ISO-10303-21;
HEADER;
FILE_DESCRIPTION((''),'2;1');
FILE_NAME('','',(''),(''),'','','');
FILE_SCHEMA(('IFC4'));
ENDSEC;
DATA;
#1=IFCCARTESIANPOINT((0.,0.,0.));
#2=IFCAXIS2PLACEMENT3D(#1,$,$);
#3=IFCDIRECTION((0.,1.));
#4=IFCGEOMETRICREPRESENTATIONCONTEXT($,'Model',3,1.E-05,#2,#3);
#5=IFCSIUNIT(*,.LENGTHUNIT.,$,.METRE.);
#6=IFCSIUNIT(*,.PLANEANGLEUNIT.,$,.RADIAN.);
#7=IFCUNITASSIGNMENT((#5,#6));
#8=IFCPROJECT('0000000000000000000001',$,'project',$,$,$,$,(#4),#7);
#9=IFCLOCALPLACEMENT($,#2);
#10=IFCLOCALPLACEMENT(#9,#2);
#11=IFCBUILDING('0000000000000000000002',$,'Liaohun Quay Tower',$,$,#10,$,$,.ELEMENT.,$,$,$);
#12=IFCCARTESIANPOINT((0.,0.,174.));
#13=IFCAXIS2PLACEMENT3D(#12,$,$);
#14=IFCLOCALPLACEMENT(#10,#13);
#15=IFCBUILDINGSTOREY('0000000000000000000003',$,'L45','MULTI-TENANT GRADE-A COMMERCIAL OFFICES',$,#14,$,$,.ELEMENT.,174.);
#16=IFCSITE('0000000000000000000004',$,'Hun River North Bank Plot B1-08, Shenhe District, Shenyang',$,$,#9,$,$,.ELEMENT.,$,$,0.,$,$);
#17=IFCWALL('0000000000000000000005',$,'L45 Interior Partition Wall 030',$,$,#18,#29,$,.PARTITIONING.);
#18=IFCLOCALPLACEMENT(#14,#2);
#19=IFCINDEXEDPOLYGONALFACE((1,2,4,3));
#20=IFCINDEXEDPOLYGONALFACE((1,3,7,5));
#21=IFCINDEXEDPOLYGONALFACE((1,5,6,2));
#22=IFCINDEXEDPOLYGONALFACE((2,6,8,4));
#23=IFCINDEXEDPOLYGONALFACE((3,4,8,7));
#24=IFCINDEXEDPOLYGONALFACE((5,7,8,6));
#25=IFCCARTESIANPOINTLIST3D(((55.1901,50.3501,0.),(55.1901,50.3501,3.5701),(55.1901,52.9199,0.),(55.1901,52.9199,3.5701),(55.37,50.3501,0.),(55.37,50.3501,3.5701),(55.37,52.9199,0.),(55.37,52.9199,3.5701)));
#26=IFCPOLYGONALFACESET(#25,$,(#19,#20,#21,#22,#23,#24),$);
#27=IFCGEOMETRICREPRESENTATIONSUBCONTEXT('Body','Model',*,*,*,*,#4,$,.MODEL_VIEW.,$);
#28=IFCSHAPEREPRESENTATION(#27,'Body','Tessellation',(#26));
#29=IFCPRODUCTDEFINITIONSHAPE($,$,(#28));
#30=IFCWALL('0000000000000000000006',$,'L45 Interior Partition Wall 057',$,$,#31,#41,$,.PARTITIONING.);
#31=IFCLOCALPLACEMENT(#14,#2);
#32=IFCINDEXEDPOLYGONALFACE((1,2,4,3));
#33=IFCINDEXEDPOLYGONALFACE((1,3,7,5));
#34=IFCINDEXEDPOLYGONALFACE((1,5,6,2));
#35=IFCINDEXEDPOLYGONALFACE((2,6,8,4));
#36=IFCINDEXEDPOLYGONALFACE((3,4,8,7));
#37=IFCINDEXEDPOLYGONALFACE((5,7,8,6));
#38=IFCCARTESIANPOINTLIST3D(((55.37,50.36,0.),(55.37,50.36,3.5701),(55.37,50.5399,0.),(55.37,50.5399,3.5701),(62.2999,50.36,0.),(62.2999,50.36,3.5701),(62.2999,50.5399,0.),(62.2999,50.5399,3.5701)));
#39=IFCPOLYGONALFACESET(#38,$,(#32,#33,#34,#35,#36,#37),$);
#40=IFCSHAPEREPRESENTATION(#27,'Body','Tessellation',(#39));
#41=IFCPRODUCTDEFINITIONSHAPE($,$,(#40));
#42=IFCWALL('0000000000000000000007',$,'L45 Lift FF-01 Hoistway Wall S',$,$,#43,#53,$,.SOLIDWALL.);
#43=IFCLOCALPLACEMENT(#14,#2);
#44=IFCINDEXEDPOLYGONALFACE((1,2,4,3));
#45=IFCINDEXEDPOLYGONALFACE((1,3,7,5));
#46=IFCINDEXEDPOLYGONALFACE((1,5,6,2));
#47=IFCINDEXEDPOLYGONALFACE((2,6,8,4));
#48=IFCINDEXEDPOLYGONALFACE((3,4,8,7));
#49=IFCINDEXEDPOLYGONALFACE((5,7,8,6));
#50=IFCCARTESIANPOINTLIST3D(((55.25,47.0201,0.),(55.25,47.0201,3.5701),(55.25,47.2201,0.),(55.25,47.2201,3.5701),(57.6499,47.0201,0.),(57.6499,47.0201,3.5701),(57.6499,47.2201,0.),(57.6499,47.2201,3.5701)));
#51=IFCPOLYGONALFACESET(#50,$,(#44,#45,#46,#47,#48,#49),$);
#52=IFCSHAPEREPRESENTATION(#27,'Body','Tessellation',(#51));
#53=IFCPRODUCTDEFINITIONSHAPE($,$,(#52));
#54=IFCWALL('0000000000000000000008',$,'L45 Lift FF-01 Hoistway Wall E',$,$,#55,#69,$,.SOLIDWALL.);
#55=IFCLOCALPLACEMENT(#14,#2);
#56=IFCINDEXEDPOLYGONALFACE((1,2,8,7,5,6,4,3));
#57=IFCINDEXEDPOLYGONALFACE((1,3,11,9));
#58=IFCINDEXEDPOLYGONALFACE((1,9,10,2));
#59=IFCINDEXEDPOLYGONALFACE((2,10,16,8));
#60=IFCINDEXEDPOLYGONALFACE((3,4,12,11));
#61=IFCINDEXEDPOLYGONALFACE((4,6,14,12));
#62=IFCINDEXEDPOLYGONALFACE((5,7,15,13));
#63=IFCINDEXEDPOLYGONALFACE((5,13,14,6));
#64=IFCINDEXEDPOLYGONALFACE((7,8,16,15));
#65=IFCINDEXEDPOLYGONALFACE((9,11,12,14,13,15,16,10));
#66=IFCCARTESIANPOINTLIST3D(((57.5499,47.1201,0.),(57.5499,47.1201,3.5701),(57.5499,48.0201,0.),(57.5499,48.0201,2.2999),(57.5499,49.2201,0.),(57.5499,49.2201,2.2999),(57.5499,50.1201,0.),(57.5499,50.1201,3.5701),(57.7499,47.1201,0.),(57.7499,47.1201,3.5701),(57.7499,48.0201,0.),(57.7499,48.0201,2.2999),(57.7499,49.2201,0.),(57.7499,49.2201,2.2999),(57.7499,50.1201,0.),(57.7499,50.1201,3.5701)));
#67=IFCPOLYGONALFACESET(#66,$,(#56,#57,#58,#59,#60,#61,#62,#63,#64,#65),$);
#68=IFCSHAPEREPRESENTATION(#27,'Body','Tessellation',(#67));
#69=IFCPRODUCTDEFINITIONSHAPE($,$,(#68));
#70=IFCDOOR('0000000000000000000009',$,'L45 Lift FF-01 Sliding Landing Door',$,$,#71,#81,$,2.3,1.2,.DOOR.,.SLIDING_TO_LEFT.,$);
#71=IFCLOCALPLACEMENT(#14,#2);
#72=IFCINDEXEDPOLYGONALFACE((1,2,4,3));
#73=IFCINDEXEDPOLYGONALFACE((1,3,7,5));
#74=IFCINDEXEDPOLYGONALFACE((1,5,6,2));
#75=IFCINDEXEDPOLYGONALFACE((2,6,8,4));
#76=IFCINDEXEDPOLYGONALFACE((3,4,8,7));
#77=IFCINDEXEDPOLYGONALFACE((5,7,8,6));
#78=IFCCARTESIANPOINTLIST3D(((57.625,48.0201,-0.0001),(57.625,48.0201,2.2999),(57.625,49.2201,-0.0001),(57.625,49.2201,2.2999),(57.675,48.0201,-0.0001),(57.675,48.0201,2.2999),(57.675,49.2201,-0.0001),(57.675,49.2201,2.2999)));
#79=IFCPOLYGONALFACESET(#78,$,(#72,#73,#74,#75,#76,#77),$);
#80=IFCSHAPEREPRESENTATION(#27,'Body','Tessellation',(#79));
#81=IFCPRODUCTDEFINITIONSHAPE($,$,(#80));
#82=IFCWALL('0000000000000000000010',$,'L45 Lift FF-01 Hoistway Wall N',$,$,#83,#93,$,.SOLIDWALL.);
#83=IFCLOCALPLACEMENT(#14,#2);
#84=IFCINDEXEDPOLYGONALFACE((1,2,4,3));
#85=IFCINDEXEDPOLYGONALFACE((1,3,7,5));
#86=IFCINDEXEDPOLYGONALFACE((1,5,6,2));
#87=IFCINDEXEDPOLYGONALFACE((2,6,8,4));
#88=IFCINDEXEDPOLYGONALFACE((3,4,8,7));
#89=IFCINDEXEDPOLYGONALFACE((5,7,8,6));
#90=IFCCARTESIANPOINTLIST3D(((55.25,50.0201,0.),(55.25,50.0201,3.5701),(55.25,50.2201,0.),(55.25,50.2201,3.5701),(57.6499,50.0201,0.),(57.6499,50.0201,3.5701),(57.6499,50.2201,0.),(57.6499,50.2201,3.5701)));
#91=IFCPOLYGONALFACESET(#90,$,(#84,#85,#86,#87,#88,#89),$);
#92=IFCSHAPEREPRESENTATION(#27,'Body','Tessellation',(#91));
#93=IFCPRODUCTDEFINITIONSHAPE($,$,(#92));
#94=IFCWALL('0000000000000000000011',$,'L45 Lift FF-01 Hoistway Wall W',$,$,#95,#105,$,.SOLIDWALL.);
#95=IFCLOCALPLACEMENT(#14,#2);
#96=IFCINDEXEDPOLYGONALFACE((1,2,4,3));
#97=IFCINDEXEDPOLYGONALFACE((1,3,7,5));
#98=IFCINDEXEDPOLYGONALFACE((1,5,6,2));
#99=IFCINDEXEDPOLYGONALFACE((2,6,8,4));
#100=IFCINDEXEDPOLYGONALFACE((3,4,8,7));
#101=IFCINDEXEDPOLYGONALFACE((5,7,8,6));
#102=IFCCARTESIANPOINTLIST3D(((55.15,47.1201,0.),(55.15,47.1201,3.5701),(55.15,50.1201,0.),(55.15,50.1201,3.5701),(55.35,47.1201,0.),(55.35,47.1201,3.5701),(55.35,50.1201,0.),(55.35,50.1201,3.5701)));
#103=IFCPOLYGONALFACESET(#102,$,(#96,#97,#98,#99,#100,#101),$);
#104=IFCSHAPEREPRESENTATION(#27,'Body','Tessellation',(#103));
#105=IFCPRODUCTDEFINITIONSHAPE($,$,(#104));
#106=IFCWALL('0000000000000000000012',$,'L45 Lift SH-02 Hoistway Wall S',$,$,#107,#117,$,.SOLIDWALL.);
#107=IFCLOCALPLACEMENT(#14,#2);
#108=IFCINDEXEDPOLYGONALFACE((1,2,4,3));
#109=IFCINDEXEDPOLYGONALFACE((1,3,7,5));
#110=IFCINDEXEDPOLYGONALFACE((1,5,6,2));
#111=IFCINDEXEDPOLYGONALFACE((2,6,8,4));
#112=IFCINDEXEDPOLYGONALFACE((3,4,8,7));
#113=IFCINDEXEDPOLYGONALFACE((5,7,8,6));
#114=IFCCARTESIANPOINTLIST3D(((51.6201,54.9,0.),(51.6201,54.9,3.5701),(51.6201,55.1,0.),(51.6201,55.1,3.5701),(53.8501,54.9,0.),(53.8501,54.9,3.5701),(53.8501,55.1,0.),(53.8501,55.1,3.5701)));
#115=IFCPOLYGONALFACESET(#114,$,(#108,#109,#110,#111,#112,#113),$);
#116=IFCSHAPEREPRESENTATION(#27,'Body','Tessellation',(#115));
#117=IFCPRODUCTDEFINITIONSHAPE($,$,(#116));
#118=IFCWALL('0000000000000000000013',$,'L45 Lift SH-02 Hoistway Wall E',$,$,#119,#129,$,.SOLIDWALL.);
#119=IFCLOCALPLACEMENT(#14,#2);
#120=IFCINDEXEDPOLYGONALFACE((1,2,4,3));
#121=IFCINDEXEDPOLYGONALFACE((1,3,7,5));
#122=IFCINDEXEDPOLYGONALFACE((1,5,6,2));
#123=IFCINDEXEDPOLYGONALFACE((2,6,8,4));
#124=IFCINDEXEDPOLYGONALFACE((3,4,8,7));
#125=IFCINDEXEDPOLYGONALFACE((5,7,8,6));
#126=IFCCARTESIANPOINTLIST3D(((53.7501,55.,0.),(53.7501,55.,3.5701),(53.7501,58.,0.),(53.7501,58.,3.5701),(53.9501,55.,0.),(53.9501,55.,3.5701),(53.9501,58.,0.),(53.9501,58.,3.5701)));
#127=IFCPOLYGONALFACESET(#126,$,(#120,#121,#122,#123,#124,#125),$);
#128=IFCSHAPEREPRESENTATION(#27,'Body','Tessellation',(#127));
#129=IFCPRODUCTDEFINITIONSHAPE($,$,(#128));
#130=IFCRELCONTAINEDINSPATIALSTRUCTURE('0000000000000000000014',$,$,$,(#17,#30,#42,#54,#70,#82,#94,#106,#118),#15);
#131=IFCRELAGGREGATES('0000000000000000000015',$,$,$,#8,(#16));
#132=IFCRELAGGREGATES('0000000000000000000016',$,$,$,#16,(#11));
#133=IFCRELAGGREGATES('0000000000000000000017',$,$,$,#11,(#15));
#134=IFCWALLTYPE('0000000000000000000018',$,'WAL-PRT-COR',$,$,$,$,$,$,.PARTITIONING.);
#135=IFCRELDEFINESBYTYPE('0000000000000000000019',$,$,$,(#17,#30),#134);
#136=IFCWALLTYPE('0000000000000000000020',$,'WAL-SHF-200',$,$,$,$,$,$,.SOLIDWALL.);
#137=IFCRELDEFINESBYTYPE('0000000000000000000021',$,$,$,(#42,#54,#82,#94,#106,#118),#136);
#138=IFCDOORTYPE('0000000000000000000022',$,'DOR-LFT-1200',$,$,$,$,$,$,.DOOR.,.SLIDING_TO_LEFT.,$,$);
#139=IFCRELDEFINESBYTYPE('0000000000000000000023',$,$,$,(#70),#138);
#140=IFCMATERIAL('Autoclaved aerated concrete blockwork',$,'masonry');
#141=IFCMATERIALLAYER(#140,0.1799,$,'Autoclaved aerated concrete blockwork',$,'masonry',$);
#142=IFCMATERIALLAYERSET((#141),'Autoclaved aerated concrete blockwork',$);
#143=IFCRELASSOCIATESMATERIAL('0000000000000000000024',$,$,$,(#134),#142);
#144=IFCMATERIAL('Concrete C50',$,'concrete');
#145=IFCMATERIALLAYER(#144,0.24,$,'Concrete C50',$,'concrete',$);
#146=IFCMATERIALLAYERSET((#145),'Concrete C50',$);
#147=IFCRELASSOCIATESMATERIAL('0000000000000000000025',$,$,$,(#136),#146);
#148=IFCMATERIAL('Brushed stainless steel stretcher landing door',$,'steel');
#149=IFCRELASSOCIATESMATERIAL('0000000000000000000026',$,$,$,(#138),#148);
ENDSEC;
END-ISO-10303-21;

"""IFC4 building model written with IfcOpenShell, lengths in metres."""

from ifc_helpers import new_model, si_unit, direction, frame, frame_2d, origin, place, context, subcontext, project, spatial, rectangle, extrude, source, transform, mapped, material, layer, layer_set, type_object, element, fill, save


model = new_model("IFC4")

# Units and contexts
model_context = context("Model", 3, precision=1e-05, world=origin(), true_north=direction((0.0, 1.0)))
body_context = subcontext(model_context, "Body", "Model", "MODEL_VIEW")
ifc_project = project(units=[si_unit("LENGTHUNIT", "METRE"), si_unit("PLANEANGLEUNIT", "RADIAN")], contexts=[model_context])

# Site, building, storey
site_placement = place(None, origin())
site = spatial("IfcSite", under=ifc_project, at=site_placement, Name="Hun River North Bank Plot B1-08, Shenhe District, Shenyang", CompositionType="ELEMENT", RefElevation=0.0)
building_placement = place(site_placement, origin())
building = spatial("IfcBuilding", under=site, at=building_placement, Name="Liaohun Quay Tower", CompositionType="ELEMENT")
storey_placement = place(building_placement, frame((0.0, 0.0, 174.0)))
storey = spatial("IfcBuildingStorey", under=building, at=storey_placement, Name="L45", Description="MULTI-TENANT GRADE-A COMMERCIAL OFFICES", CompositionType="ELEMENT", Elevation=174.0)

# Shared definitions
ifc_material_1 = material(Name="Autoclaved aerated concrete blockwork", Category="masonry")
ifc_layer_1 = layer(ifc_material_1, 0.1799, Name="Autoclaved aerated concrete blockwork", Category="masonry")
ifc_layer_set_1 = layer_set([ifc_layer_1], Name="Autoclaved aerated concrete blockwork")
wall_type_1 = type_object("IfcWallType", Name="WAL-PRT-COR", PredefinedType="PARTITIONING", material=ifc_layer_set_1)

# Walls
wall_1_placement = place(storey_placement, frame((55.28, 50.3501, 0.0), z_axis=(0.0, 0.0, 1.0), x_axis=(0.0, 1.0, 0.0)))
element("IfcWall", 1, at=wall_1_placement, inside=storey, type_object=wall_type_1, Name="L45 Interior Partition Wall 030", PredefinedType="PARTITIONING", context=body_context, shape_type="SweptSolid", body=[
    extrude(rectangle(XDim=2.5698, YDim=0.1799, at=frame_2d((1.2849, 0.0))), origin(), (0.0, 0.0, 1.0), 3.5701),
])
wall_2_placement = place(storey_placement, frame((55.3701, 50.45, 0.0), z_axis=(0.0, 0.0, 1.0), x_axis=(1.0, 0.0, 0.0)))
element("IfcWall", 2, at=wall_2_placement, inside=storey, type_object=wall_type_1, Name="L45 Interior Partition Wall 057", PredefinedType="PARTITIONING", context=body_context, shape_type="SweptSolid", body=[
    extrude(rectangle(XDim=6.9299, YDim=0.1799, at=frame_2d((3.4648, 0.0))), origin(), (0.0, 0.0, 1.0), 3.5701),
])
ifc_material_2 = material(Name="Concrete C50", Category="concrete")
ifc_layer_2 = layer(ifc_material_2, 0.24, Name="Concrete C50", Category="concrete")
ifc_layer_set_2 = layer_set([ifc_layer_2], Name="Concrete C50")
wall_type_2 = type_object("IfcWallType", Name="WAL-SHF-200", PredefinedType="SOLIDWALL", material=ifc_layer_set_2)
wall_3_placement = place(storey_placement, frame((55.25, 47.1201, 0.0), z_axis=(0.0, 0.0, 1.0), x_axis=(1.0, 0.0, 0.0)))
element("IfcWall", 3, at=wall_3_placement, inside=storey, type_object=wall_type_2, Name="L45 Lift FF-01 Hoistway Wall S", PredefinedType="SOLIDWALL", context=body_context, shape_type="SweptSolid", body=[
    extrude(rectangle(XDim=2.3999, YDim=0.2, at=frame_2d((1.2, 0.0))), origin(), (0.0, 0.0, 1.0), 3.5701),
])

# Wall, opening, door
wall_4_placement = place(storey_placement, frame((57.6499, 47.1201, 0.0), z_axis=(0.0, 0.0, 1.0), x_axis=(0.0, 1.0, 0.0)))
wall_4 = element("IfcWall", 4, at=wall_4_placement, inside=storey, type_object=wall_type_2, Name="L45 Lift FF-01 Hoistway Wall E", PredefinedType="SOLIDWALL", context=body_context, shape_type="SweptSolid", body=[
    extrude(rectangle(XDim=3.0, YDim=0.2, at=frame_2d((1.5, 0.0))), origin(), (0.0, 0.0, 1.0), 3.5701),
])
shared_shape_1 = source(origin(), body_context, "Body", "SweptSolid", [
    extrude(rectangle(XDim=1.2, YDim=2.3, at=frame_2d((0.6001, 1.1499))), frame((0.0, 0.1099, 0.0), z_axis=(0.0, -1.0, 0.0), x_axis=(1.0, 0.0, 0.0)), (0.0, 0.0, 1.0), 0.22),
])
opening_1_placement = place(wall_4_placement, frame((0.8999, 0.0, 0.0)))
opening_1 = element("IfcOpeningElement", 5, at=opening_1_placement, cuts=wall_4, PredefinedType="OPENING", context=body_context, shape_type="MappedRepresentation", body=[
    mapped(shared_shape_1, transform((0.0, 0.0, 0.0), x_axis=(1.0, 0.0, 0.0), y_axis=(0.0, 1.0, 0.0), z_axis=(0.0, 0.0, 1.0), scale=1.0)),
])
ifc_material_3 = material(Name="Brushed stainless steel stretcher landing door", Category="steel")
door_type_1 = type_object("IfcDoorType", Name="DOR-LFT-1200", OperationType="SLIDING_TO_LEFT", PredefinedType="DOOR", material=ifc_material_3)
shared_shape_2 = source(origin(), body_context, "Body", "SweptSolid", [
    extrude(rectangle(XDim=1.2, YDim=2.3, at=frame_2d((0.6001, 1.1499))), frame((0.0, 0.0249, 0.0), z_axis=(0.0, -1.0, 0.0), x_axis=(1.0, 0.0, 0.0)), (0.0, 0.0, 1.0), 0.05),
])
door_1_placement = place(opening_1_placement, origin())
door_1 = element("IfcDoor", 6, at=door_1_placement, inside=storey, type_object=door_type_1, Name="L45 Lift FF-01 Sliding Landing Door", OperationType="SLIDING_TO_LEFT", OverallHeight=2.3, OverallWidth=1.2, PredefinedType="DOOR", context=body_context, shape_type="MappedRepresentation", body=[
    mapped(shared_shape_2, transform((0.0, 0.0, 0.0), x_axis=(1.0, 0.0, 0.0), y_axis=(0.0, 1.0, 0.0), z_axis=(0.0, 0.0, 1.0), scale=1.0)),
])
fill(opening_1, door_1)

# Walls
wall_5_placement = place(storey_placement, frame((57.6499, 50.1201, 0.0), z_axis=(0.0, 0.0, 1.0), x_axis=(-1.0, 0.0, 0.0)))
element("IfcWall", 7, at=wall_5_placement, inside=storey, type_object=wall_type_2, Name="L45 Lift FF-01 Hoistway Wall N", PredefinedType="SOLIDWALL", context=body_context, shape_type="SweptSolid", body=[
    extrude(rectangle(XDim=2.3999, YDim=0.2, at=frame_2d((1.2, 0.0))), origin(), (0.0, 0.0, 1.0), 3.5701),
])
wall_6_placement = place(storey_placement, frame((55.25, 50.1201, 0.0), z_axis=(0.0, 0.0, 1.0), x_axis=(0.0, -1.0, 0.0)))
element("IfcWall", 8, at=wall_6_placement, inside=storey, type_object=wall_type_2, Name="L45 Lift FF-01 Hoistway Wall W", PredefinedType="SOLIDWALL", context=body_context, shape_type="SweptSolid", body=[
    extrude(rectangle(XDim=3.0, YDim=0.2, at=frame_2d((1.5, 0.0))), origin(), (0.0, 0.0, 1.0), 3.5701),
])
wall_7_placement = place(storey_placement, frame((51.6201, 55.0, 0.0), z_axis=(0.0, 0.0, 1.0), x_axis=(1.0, 0.0, 0.0)))
element("IfcWall", 9, at=wall_7_placement, inside=storey, type_object=wall_type_2, Name="L45 Lift SH-02 Hoistway Wall S", PredefinedType="SOLIDWALL", context=body_context, shape_type="SweptSolid", body=[
    extrude(rectangle(XDim=2.23, YDim=0.2, at=frame_2d((1.115, 0.0))), origin(), (0.0, 0.0, 1.0), 3.5701),
])
wall_8_placement = place(storey_placement, frame((53.8501, 55.0, 0.0), z_axis=(0.0, 0.0, 1.0), x_axis=(0.0, 1.0, 0.0)))
element("IfcWall", 10, at=wall_8_placement, inside=storey, type_object=wall_type_2, Name="L45 Lift SH-02 Hoistway Wall E", PredefinedType="SOLIDWALL", context=body_context, shape_type="SweptSolid", body=[
    extrude(rectangle(XDim=3.0, YDim=0.2, at=frame_2d((1.5, 0.0))), origin(), (0.0, 0.0, 1.0), 3.5701),
])

save(model, "model.ifc")
